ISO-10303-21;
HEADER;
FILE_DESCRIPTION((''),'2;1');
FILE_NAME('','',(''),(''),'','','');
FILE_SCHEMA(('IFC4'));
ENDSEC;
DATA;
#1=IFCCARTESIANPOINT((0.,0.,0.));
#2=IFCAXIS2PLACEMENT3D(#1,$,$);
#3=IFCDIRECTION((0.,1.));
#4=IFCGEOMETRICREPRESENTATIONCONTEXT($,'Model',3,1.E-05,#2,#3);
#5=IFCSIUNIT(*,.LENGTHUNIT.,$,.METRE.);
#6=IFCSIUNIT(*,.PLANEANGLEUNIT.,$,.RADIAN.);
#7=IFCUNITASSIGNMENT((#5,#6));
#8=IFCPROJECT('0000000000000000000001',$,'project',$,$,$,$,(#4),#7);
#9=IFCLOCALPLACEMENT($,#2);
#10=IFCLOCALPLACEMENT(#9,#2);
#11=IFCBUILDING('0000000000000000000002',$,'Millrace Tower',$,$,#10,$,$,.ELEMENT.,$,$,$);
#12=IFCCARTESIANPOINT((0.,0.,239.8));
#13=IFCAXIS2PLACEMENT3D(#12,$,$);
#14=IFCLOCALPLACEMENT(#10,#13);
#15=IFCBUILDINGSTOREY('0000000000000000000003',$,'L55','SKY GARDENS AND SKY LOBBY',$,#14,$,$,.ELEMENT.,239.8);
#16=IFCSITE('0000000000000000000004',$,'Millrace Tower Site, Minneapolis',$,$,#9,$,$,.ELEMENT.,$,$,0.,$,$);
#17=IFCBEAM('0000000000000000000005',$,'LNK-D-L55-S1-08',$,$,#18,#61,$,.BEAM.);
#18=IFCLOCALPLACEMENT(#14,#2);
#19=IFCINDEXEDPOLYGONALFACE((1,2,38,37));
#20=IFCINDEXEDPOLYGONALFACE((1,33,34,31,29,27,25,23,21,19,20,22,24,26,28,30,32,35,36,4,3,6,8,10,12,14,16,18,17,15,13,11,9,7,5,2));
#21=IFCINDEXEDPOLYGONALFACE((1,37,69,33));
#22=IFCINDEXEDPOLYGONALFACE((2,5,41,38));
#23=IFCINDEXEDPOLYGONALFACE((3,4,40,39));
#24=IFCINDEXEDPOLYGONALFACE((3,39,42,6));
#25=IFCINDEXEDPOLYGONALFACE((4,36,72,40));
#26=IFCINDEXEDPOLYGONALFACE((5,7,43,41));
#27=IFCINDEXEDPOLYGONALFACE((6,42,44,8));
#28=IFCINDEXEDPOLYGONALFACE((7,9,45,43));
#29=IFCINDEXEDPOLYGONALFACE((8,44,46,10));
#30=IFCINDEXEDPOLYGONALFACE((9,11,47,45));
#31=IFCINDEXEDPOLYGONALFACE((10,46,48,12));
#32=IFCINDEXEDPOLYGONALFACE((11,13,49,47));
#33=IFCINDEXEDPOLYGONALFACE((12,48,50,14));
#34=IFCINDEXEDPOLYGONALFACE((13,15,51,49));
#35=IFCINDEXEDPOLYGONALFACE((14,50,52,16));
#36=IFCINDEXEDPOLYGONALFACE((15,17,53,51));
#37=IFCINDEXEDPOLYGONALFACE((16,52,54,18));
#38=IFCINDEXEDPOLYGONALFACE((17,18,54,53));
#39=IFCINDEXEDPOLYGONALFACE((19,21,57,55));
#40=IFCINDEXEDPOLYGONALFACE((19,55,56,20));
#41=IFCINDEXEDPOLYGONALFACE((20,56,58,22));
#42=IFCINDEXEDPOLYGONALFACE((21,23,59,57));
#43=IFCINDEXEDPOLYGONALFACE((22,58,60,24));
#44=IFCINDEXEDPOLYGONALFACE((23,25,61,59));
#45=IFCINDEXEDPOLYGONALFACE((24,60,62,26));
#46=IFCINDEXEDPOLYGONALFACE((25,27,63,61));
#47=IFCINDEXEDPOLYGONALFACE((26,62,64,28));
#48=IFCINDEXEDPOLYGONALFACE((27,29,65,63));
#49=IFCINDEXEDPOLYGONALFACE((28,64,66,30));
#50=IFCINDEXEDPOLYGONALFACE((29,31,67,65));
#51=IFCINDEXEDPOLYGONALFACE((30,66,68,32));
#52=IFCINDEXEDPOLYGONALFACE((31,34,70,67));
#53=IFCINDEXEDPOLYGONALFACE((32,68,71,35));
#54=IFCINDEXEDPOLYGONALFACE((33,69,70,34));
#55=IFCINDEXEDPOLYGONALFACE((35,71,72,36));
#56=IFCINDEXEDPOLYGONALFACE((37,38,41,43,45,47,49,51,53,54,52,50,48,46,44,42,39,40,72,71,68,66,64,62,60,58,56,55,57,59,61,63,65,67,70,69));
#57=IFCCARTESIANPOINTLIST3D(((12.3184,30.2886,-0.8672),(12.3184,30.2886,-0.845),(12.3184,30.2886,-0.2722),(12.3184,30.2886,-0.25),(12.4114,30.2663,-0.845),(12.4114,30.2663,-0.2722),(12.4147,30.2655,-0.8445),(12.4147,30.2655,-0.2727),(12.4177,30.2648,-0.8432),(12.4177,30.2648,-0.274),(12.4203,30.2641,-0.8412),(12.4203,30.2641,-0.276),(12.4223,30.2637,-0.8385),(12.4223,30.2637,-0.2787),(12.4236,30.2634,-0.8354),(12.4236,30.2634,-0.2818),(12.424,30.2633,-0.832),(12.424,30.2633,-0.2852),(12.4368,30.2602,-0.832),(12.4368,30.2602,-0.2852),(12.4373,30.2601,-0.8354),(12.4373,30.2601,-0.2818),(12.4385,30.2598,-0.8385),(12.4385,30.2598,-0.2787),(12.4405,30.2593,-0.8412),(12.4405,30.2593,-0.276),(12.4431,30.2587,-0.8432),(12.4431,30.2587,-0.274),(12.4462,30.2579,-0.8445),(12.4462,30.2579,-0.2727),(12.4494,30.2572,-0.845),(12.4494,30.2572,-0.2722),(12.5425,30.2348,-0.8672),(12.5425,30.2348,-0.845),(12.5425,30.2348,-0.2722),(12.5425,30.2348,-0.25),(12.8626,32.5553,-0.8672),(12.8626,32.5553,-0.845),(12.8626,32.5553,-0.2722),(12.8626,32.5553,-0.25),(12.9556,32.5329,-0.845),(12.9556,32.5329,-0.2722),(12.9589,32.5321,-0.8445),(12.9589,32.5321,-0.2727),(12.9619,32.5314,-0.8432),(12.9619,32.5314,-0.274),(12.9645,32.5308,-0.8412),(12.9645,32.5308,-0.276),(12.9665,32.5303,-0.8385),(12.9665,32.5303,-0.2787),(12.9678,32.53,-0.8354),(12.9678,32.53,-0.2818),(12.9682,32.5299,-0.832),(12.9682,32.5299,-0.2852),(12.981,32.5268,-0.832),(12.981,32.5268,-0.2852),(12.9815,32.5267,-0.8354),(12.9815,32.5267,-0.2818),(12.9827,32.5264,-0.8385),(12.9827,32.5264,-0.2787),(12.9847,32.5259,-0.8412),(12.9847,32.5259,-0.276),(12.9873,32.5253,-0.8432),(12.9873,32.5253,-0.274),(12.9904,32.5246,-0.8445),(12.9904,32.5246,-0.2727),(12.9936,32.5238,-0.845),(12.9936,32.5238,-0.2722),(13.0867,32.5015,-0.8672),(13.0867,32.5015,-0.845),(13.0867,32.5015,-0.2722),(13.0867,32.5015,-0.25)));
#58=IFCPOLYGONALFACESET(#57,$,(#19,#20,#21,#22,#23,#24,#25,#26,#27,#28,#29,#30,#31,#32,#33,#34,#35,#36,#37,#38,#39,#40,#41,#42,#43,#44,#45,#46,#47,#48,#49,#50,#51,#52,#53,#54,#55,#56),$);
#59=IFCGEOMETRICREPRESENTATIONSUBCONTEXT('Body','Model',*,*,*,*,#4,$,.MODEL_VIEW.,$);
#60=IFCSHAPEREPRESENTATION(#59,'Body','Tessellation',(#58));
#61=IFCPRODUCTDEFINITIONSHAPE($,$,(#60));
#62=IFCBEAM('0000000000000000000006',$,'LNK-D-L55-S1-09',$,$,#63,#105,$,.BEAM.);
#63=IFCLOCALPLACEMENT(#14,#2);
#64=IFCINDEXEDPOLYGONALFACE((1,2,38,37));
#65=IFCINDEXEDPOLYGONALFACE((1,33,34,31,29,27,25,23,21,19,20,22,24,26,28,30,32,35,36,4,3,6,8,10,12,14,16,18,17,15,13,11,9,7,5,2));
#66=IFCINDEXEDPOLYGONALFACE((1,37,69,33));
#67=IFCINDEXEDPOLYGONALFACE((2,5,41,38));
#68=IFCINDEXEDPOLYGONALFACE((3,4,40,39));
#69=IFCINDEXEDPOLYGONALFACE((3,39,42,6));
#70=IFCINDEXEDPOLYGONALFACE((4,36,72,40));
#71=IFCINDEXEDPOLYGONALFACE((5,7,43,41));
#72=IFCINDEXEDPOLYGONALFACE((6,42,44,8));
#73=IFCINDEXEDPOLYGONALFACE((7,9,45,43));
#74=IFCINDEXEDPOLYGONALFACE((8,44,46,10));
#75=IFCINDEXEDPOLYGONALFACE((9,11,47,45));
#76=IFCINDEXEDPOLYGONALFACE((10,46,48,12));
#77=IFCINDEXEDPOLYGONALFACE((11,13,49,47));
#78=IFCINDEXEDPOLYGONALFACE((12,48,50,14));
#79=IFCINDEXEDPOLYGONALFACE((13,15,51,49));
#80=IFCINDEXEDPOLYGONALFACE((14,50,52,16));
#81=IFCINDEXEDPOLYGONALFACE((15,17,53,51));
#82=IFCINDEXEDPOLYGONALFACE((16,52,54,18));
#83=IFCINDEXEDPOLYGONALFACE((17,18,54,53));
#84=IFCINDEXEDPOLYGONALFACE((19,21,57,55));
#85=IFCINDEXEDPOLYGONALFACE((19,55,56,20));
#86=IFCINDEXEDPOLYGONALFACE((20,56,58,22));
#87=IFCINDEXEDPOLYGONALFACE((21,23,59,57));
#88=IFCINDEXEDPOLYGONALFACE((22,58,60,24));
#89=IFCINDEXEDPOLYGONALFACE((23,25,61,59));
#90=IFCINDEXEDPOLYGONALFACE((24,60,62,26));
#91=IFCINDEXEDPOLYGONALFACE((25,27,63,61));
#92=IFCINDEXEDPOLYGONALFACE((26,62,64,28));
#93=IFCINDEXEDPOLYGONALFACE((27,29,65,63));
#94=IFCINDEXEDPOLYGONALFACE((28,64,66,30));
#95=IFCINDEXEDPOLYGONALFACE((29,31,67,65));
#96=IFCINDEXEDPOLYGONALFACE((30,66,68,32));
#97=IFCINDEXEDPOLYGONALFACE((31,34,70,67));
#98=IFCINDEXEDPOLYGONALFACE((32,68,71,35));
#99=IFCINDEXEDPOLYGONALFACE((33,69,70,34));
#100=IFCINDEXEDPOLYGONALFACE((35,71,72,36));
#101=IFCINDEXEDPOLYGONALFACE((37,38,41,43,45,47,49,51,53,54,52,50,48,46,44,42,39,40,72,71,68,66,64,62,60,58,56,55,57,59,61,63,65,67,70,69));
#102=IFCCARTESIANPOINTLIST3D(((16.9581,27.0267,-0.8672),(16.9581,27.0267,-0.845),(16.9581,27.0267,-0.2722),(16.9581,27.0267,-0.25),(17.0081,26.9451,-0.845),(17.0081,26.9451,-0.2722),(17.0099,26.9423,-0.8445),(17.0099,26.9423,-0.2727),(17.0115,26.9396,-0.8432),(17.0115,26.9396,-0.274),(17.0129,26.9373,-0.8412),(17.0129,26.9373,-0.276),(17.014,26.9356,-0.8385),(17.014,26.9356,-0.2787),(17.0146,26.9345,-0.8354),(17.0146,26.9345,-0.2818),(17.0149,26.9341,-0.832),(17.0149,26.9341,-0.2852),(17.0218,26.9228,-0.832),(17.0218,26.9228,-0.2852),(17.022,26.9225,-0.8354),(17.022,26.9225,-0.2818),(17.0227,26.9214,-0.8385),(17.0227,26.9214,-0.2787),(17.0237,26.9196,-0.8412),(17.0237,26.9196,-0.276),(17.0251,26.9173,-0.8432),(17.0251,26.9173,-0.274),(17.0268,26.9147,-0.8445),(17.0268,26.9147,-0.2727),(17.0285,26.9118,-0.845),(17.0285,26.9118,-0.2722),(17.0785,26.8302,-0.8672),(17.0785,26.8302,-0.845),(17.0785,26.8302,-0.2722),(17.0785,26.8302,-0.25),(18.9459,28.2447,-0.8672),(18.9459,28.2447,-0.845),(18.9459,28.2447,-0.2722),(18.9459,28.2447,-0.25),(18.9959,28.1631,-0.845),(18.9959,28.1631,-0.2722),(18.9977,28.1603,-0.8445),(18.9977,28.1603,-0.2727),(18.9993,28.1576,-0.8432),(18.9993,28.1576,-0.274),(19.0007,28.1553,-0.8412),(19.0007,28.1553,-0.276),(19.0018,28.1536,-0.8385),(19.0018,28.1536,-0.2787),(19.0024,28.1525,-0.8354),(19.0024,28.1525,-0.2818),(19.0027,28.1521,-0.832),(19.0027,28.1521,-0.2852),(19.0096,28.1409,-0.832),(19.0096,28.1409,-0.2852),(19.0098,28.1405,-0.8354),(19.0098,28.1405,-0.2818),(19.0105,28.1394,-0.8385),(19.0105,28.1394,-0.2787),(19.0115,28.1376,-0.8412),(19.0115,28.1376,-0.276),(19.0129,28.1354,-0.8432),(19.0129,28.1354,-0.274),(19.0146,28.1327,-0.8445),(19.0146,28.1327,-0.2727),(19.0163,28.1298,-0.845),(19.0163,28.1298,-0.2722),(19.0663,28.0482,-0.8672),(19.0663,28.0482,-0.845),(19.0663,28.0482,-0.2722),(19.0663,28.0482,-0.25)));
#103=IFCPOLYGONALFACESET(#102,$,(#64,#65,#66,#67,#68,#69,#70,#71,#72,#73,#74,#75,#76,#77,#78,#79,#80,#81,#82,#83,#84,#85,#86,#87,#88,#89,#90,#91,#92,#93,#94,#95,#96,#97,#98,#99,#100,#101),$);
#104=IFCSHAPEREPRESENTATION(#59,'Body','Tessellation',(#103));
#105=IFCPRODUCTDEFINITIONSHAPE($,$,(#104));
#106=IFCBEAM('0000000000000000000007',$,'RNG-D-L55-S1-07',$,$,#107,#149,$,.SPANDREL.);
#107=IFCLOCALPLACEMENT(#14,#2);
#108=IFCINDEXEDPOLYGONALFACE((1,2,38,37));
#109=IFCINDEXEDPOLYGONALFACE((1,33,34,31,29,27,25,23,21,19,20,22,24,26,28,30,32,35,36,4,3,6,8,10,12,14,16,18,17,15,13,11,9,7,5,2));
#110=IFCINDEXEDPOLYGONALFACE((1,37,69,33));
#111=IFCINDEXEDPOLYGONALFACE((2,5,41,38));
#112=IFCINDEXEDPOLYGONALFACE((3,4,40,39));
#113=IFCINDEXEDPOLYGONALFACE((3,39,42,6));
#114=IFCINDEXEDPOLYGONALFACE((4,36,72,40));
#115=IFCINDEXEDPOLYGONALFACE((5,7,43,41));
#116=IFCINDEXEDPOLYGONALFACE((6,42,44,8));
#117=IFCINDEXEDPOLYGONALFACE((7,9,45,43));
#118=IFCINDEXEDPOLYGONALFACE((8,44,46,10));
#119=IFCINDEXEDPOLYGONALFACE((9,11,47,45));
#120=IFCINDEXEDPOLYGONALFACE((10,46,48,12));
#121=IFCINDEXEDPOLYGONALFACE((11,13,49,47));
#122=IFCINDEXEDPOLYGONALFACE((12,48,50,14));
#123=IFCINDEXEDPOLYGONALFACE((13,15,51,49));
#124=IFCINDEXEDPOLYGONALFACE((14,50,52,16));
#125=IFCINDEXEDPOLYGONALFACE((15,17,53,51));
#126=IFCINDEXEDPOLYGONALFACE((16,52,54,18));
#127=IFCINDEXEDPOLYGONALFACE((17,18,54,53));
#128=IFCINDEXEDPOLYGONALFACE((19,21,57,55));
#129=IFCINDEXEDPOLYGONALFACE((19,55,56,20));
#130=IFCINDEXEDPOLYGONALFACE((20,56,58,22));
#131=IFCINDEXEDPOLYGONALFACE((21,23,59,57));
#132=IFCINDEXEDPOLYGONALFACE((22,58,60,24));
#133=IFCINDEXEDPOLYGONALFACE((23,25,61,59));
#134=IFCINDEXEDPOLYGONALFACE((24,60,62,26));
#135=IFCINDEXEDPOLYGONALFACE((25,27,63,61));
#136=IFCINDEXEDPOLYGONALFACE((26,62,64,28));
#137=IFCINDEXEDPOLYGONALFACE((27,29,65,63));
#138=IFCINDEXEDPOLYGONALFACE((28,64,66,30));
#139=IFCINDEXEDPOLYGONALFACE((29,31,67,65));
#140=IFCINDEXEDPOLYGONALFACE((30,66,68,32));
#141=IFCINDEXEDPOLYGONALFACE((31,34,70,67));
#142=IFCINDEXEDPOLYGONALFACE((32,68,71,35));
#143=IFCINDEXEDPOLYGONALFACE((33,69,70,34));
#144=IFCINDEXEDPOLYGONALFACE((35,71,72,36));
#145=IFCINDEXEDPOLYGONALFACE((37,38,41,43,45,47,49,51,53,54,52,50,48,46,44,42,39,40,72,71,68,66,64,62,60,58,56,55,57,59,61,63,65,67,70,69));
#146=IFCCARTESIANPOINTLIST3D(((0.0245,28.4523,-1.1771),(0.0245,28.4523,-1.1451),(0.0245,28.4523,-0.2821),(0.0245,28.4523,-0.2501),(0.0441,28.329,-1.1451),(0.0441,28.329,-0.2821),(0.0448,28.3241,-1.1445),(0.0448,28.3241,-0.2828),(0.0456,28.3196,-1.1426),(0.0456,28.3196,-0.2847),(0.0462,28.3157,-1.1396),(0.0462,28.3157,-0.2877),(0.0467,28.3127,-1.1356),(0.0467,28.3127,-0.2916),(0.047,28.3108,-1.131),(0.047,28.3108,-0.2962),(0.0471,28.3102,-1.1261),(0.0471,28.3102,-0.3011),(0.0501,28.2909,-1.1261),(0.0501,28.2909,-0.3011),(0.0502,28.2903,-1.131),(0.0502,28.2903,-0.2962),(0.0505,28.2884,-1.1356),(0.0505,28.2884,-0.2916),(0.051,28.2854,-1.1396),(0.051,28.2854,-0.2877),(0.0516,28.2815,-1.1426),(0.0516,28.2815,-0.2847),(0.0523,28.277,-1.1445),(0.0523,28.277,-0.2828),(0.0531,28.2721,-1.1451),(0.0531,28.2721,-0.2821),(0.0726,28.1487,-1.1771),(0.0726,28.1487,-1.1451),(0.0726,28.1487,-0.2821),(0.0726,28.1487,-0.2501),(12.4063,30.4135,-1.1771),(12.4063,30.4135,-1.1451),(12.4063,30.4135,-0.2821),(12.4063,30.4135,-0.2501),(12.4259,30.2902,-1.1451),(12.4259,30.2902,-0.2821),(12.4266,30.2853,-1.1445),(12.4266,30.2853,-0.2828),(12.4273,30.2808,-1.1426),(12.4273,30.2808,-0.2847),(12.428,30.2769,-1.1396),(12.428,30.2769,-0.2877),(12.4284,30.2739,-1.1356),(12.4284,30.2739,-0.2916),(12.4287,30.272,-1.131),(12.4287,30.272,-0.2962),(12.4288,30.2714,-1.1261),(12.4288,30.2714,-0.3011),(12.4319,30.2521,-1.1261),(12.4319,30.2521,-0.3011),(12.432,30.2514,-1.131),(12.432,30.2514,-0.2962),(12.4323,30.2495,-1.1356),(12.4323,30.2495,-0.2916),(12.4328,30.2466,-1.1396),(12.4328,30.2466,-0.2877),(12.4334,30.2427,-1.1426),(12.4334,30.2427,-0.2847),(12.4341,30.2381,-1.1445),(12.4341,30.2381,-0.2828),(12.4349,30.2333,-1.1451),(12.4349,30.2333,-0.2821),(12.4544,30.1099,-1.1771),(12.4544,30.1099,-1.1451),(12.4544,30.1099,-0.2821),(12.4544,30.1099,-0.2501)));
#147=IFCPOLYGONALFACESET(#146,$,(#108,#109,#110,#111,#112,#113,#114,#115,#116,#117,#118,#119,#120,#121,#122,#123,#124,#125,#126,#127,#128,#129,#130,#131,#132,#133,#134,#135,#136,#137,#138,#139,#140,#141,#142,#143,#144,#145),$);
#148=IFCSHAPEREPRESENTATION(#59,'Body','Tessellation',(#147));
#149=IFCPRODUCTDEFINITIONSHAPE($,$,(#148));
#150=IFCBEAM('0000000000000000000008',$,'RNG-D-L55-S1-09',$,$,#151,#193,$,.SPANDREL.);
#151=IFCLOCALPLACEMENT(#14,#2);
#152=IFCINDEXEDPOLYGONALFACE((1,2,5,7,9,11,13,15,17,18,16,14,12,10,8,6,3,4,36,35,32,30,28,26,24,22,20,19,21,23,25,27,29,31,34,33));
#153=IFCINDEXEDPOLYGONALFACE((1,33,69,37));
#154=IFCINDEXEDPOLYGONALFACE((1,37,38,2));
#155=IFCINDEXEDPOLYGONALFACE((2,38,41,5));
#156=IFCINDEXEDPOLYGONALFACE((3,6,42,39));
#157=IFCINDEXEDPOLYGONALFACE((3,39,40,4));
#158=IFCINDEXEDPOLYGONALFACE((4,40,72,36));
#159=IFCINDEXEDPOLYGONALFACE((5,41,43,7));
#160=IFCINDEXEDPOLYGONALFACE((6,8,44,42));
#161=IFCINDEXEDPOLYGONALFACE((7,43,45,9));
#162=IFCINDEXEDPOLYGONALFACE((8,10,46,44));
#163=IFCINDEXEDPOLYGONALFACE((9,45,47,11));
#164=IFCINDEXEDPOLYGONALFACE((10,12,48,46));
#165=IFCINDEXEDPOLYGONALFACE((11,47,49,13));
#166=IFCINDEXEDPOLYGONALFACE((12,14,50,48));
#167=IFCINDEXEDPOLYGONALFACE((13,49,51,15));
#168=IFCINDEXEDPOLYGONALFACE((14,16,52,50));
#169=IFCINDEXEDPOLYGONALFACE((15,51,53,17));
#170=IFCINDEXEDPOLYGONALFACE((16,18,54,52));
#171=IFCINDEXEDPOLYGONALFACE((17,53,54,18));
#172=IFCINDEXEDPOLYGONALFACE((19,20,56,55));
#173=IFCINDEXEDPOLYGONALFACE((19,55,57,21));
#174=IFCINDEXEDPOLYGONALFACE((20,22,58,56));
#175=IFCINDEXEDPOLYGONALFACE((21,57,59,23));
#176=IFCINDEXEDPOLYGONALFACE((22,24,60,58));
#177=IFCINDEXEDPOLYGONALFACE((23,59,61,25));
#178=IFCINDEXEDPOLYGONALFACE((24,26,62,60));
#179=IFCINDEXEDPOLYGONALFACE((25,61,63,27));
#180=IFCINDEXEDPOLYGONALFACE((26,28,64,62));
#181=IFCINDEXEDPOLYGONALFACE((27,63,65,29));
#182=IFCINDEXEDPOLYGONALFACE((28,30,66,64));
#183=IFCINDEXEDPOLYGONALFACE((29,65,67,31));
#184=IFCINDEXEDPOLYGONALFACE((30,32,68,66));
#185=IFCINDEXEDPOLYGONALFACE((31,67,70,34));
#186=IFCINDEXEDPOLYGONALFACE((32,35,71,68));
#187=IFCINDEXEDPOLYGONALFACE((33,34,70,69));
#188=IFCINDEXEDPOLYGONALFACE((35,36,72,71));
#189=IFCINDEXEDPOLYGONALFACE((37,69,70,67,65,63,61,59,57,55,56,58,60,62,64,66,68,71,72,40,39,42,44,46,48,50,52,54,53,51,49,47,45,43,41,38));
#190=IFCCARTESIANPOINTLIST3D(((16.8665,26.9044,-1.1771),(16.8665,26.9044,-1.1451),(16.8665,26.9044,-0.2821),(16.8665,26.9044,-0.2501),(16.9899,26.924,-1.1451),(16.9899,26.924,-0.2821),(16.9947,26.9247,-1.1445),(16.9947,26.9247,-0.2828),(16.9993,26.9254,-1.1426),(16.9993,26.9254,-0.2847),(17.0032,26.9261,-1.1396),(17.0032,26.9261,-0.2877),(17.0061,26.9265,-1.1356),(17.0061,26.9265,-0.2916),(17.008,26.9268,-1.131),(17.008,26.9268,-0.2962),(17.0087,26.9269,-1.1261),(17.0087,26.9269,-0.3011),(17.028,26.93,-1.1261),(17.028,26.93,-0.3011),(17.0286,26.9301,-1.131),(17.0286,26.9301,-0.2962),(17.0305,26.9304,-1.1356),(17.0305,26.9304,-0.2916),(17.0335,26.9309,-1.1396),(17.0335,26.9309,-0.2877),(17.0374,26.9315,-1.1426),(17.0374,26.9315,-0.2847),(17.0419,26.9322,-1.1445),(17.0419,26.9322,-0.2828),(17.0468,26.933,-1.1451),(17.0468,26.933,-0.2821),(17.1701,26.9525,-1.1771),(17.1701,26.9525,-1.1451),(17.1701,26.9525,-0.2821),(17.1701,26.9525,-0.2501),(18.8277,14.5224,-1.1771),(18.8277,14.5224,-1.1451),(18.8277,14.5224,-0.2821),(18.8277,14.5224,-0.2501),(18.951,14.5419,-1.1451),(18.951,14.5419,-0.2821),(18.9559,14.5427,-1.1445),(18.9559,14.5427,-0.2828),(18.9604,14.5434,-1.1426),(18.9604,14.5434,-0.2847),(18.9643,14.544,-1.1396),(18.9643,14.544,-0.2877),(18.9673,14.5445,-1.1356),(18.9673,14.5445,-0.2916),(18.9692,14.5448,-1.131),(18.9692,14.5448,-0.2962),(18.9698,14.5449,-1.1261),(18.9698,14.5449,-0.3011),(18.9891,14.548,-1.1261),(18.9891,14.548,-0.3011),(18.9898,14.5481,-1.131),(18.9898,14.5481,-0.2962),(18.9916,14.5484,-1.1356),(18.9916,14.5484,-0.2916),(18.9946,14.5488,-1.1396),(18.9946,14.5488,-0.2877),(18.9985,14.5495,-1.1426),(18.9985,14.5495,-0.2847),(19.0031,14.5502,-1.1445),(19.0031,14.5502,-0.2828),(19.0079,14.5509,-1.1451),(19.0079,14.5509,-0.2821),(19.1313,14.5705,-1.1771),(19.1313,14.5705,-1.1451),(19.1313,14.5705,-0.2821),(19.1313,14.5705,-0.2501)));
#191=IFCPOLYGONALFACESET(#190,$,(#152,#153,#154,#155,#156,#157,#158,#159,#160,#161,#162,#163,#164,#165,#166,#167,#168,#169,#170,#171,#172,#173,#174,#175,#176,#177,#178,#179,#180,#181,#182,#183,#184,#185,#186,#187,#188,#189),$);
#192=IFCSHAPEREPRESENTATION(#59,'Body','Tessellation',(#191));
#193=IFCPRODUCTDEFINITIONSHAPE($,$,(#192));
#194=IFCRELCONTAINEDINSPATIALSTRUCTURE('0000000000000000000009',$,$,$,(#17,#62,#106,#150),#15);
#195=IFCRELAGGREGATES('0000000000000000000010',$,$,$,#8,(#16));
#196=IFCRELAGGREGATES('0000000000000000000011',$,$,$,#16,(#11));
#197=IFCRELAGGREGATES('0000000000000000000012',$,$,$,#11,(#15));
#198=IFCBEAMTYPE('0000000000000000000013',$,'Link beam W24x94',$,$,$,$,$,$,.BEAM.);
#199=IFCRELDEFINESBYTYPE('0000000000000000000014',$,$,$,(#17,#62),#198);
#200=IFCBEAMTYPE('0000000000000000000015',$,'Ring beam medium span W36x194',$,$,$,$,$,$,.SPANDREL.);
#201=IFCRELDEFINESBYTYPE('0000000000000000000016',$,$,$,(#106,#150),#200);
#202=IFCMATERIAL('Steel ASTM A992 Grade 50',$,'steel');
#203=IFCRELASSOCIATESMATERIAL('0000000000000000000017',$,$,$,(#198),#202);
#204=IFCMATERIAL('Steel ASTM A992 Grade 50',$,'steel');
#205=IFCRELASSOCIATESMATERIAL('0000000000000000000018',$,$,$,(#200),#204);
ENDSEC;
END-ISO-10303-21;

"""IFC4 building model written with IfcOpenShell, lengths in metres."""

from ifc_helpers import new_model, si_unit, direction, frame, origin, origin_2d, place, context, subcontext, project, spatial, i_section, extrude, material, material_profile, profile_set, type_object, element, save


model = new_model("IFC4")

# Units and contexts
model_context = context("Model", 3, precision=1e-05, world=origin(), true_north=direction((0.0, 1.0)))
body_context = subcontext(model_context, "Body", "Model", "MODEL_VIEW")
ifc_project = project(units=[si_unit("LENGTHUNIT", "METRE"), si_unit("PLANEANGLEUNIT", "RADIAN")], contexts=[model_context])

# Site, building, storey
site_placement = place(None, origin())
site = spatial("IfcSite", under=ifc_project, at=site_placement, Name="Millrace Tower Site, Minneapolis", CompositionType="ELEMENT", RefElevation=0.0)
building_placement = place(site_placement, origin())
building = spatial("IfcBuilding", under=site, at=building_placement, Name="Millrace Tower", CompositionType="ELEMENT")
storey_placement = place(building_placement, frame((0.0, 0.0, 239.8)))
storey = spatial("IfcBuildingStorey", under=building, at=storey_placement, Name="L55", Description="SKY GARDENS AND SKY LOBBY", CompositionType="ELEMENT", Elevation=239.8)

# Beams
ifc_material_1 = material(Name="Steel ASTM A992 Grade 50", Category="steel")
ifc_material_profile_1 = material_profile(ifc_material_1, i_section(OverallWidth=0.2305, OverallDepth=0.6172, WebThickness=0.0132, FlangeThickness=0.0222, FilletRadius=0.0129, at=origin_2d()))
ifc_profile_set_1 = profile_set([ifc_material_profile_1], Name="Steel ASTM A992 Grade 50")
beam_type_1 = type_object("IfcBeamType", Name="Link beam W24x94", PredefinedType="BEAM", material=ifc_profile_set_1)
beam_1_placement = place(storey_placement, frame((12.4304, 30.2617, -0.5586), z_axis=(0.233456, 0.972367, 0.0), x_axis=(-0.972367, 0.233456, 0.0)))
element("IfcBeam", 1, at=beam_1_placement, inside=storey, type_object=beam_type_1, Name="LNK-D-L55-S1-08", PredefinedType="BEAM", context=body_context, shape_type="SweptSolid", body=[
    extrude(i_section(OverallWidth=0.2305, OverallDepth=0.6172, WebThickness=0.0132, FlangeThickness=0.0222, FilletRadius=0.0129, at=origin_2d()), origin(), (0.0, 0.0, 1.0), 2.3311),
])
beam_2_placement = place(storey_placement, frame((17.0183, 26.9285, -0.5586), z_axis=(0.85266, 0.522466, 0.0), x_axis=(-0.522466, 0.85266, 0.0)))
element("IfcBeam", 2, at=beam_2_placement, inside=storey, type_object=beam_type_1, Name="LNK-D-L55-S1-09", PredefinedType="BEAM", context=body_context, shape_type="SweptSolid", body=[
    extrude(i_section(OverallWidth=0.2305, OverallDepth=0.6172, WebThickness=0.0132, FlangeThickness=0.0222, FilletRadius=0.0129, at=origin_2d()), origin(), (0.0, 0.0, 1.0), 2.3313),
])
ifc_material_2 = material(Name="Steel ASTM A992 Grade 50", Category="steel")
ifc_material_profile_2 = material_profile(ifc_material_2, i_section(OverallWidth=0.3074, OverallDepth=0.927, WebThickness=0.0195, FlangeThickness=0.032, FilletRadius=0.019, at=origin_2d()))
ifc_profile_set_2 = profile_set([ifc_material_profile_2], Name="Steel ASTM A992 Grade 50")
beam_type_2 = type_object("IfcBeamType", Name="Ring beam medium span W36x194", PredefinedType="SPANDREL", material=ifc_profile_set_2)
beam_3_placement = place(storey_placement, frame((0.0486, 28.3005, -0.7136), z_axis=(0.987687, 0.156442, 0.0), x_axis=(-0.156442, 0.987687, 0.0)))
element("IfcBeam", 3, at=beam_3_placement, inside=storey, type_object=beam_type_2, Name="RNG-D-L55-S1-07", PredefinedType="SPANDREL", context=body_context, shape_type="SweptSolid", body=[
    extrude(i_section(OverallWidth=0.3074, OverallDepth=0.927, WebThickness=0.0195, FlangeThickness=0.032, FilletRadius=0.019, at=origin_2d()), origin(), (0.0, 0.0, 1.0), 12.5361),
])
beam_4_placement = place(storey_placement, frame((17.0183, 26.9285, -0.7136), z_axis=(0.156439, -0.987688, 0.0), x_axis=(0.987688, 0.156439, 0.0)))
element("IfcBeam", 4, at=beam_4_placement, inside=storey, type_object=beam_type_2, Name="RNG-D-L55-S1-09", PredefinedType="SPANDREL", context=body_context, shape_type="SweptSolid", body=[
    extrude(i_section(OverallWidth=0.3074, OverallDepth=0.927, WebThickness=0.0195, FlangeThickness=0.032, FilletRadius=0.019, at=origin_2d()), origin(), (0.0, 0.0, 1.0), 12.5364),
])

save(model, "model.ifc")
